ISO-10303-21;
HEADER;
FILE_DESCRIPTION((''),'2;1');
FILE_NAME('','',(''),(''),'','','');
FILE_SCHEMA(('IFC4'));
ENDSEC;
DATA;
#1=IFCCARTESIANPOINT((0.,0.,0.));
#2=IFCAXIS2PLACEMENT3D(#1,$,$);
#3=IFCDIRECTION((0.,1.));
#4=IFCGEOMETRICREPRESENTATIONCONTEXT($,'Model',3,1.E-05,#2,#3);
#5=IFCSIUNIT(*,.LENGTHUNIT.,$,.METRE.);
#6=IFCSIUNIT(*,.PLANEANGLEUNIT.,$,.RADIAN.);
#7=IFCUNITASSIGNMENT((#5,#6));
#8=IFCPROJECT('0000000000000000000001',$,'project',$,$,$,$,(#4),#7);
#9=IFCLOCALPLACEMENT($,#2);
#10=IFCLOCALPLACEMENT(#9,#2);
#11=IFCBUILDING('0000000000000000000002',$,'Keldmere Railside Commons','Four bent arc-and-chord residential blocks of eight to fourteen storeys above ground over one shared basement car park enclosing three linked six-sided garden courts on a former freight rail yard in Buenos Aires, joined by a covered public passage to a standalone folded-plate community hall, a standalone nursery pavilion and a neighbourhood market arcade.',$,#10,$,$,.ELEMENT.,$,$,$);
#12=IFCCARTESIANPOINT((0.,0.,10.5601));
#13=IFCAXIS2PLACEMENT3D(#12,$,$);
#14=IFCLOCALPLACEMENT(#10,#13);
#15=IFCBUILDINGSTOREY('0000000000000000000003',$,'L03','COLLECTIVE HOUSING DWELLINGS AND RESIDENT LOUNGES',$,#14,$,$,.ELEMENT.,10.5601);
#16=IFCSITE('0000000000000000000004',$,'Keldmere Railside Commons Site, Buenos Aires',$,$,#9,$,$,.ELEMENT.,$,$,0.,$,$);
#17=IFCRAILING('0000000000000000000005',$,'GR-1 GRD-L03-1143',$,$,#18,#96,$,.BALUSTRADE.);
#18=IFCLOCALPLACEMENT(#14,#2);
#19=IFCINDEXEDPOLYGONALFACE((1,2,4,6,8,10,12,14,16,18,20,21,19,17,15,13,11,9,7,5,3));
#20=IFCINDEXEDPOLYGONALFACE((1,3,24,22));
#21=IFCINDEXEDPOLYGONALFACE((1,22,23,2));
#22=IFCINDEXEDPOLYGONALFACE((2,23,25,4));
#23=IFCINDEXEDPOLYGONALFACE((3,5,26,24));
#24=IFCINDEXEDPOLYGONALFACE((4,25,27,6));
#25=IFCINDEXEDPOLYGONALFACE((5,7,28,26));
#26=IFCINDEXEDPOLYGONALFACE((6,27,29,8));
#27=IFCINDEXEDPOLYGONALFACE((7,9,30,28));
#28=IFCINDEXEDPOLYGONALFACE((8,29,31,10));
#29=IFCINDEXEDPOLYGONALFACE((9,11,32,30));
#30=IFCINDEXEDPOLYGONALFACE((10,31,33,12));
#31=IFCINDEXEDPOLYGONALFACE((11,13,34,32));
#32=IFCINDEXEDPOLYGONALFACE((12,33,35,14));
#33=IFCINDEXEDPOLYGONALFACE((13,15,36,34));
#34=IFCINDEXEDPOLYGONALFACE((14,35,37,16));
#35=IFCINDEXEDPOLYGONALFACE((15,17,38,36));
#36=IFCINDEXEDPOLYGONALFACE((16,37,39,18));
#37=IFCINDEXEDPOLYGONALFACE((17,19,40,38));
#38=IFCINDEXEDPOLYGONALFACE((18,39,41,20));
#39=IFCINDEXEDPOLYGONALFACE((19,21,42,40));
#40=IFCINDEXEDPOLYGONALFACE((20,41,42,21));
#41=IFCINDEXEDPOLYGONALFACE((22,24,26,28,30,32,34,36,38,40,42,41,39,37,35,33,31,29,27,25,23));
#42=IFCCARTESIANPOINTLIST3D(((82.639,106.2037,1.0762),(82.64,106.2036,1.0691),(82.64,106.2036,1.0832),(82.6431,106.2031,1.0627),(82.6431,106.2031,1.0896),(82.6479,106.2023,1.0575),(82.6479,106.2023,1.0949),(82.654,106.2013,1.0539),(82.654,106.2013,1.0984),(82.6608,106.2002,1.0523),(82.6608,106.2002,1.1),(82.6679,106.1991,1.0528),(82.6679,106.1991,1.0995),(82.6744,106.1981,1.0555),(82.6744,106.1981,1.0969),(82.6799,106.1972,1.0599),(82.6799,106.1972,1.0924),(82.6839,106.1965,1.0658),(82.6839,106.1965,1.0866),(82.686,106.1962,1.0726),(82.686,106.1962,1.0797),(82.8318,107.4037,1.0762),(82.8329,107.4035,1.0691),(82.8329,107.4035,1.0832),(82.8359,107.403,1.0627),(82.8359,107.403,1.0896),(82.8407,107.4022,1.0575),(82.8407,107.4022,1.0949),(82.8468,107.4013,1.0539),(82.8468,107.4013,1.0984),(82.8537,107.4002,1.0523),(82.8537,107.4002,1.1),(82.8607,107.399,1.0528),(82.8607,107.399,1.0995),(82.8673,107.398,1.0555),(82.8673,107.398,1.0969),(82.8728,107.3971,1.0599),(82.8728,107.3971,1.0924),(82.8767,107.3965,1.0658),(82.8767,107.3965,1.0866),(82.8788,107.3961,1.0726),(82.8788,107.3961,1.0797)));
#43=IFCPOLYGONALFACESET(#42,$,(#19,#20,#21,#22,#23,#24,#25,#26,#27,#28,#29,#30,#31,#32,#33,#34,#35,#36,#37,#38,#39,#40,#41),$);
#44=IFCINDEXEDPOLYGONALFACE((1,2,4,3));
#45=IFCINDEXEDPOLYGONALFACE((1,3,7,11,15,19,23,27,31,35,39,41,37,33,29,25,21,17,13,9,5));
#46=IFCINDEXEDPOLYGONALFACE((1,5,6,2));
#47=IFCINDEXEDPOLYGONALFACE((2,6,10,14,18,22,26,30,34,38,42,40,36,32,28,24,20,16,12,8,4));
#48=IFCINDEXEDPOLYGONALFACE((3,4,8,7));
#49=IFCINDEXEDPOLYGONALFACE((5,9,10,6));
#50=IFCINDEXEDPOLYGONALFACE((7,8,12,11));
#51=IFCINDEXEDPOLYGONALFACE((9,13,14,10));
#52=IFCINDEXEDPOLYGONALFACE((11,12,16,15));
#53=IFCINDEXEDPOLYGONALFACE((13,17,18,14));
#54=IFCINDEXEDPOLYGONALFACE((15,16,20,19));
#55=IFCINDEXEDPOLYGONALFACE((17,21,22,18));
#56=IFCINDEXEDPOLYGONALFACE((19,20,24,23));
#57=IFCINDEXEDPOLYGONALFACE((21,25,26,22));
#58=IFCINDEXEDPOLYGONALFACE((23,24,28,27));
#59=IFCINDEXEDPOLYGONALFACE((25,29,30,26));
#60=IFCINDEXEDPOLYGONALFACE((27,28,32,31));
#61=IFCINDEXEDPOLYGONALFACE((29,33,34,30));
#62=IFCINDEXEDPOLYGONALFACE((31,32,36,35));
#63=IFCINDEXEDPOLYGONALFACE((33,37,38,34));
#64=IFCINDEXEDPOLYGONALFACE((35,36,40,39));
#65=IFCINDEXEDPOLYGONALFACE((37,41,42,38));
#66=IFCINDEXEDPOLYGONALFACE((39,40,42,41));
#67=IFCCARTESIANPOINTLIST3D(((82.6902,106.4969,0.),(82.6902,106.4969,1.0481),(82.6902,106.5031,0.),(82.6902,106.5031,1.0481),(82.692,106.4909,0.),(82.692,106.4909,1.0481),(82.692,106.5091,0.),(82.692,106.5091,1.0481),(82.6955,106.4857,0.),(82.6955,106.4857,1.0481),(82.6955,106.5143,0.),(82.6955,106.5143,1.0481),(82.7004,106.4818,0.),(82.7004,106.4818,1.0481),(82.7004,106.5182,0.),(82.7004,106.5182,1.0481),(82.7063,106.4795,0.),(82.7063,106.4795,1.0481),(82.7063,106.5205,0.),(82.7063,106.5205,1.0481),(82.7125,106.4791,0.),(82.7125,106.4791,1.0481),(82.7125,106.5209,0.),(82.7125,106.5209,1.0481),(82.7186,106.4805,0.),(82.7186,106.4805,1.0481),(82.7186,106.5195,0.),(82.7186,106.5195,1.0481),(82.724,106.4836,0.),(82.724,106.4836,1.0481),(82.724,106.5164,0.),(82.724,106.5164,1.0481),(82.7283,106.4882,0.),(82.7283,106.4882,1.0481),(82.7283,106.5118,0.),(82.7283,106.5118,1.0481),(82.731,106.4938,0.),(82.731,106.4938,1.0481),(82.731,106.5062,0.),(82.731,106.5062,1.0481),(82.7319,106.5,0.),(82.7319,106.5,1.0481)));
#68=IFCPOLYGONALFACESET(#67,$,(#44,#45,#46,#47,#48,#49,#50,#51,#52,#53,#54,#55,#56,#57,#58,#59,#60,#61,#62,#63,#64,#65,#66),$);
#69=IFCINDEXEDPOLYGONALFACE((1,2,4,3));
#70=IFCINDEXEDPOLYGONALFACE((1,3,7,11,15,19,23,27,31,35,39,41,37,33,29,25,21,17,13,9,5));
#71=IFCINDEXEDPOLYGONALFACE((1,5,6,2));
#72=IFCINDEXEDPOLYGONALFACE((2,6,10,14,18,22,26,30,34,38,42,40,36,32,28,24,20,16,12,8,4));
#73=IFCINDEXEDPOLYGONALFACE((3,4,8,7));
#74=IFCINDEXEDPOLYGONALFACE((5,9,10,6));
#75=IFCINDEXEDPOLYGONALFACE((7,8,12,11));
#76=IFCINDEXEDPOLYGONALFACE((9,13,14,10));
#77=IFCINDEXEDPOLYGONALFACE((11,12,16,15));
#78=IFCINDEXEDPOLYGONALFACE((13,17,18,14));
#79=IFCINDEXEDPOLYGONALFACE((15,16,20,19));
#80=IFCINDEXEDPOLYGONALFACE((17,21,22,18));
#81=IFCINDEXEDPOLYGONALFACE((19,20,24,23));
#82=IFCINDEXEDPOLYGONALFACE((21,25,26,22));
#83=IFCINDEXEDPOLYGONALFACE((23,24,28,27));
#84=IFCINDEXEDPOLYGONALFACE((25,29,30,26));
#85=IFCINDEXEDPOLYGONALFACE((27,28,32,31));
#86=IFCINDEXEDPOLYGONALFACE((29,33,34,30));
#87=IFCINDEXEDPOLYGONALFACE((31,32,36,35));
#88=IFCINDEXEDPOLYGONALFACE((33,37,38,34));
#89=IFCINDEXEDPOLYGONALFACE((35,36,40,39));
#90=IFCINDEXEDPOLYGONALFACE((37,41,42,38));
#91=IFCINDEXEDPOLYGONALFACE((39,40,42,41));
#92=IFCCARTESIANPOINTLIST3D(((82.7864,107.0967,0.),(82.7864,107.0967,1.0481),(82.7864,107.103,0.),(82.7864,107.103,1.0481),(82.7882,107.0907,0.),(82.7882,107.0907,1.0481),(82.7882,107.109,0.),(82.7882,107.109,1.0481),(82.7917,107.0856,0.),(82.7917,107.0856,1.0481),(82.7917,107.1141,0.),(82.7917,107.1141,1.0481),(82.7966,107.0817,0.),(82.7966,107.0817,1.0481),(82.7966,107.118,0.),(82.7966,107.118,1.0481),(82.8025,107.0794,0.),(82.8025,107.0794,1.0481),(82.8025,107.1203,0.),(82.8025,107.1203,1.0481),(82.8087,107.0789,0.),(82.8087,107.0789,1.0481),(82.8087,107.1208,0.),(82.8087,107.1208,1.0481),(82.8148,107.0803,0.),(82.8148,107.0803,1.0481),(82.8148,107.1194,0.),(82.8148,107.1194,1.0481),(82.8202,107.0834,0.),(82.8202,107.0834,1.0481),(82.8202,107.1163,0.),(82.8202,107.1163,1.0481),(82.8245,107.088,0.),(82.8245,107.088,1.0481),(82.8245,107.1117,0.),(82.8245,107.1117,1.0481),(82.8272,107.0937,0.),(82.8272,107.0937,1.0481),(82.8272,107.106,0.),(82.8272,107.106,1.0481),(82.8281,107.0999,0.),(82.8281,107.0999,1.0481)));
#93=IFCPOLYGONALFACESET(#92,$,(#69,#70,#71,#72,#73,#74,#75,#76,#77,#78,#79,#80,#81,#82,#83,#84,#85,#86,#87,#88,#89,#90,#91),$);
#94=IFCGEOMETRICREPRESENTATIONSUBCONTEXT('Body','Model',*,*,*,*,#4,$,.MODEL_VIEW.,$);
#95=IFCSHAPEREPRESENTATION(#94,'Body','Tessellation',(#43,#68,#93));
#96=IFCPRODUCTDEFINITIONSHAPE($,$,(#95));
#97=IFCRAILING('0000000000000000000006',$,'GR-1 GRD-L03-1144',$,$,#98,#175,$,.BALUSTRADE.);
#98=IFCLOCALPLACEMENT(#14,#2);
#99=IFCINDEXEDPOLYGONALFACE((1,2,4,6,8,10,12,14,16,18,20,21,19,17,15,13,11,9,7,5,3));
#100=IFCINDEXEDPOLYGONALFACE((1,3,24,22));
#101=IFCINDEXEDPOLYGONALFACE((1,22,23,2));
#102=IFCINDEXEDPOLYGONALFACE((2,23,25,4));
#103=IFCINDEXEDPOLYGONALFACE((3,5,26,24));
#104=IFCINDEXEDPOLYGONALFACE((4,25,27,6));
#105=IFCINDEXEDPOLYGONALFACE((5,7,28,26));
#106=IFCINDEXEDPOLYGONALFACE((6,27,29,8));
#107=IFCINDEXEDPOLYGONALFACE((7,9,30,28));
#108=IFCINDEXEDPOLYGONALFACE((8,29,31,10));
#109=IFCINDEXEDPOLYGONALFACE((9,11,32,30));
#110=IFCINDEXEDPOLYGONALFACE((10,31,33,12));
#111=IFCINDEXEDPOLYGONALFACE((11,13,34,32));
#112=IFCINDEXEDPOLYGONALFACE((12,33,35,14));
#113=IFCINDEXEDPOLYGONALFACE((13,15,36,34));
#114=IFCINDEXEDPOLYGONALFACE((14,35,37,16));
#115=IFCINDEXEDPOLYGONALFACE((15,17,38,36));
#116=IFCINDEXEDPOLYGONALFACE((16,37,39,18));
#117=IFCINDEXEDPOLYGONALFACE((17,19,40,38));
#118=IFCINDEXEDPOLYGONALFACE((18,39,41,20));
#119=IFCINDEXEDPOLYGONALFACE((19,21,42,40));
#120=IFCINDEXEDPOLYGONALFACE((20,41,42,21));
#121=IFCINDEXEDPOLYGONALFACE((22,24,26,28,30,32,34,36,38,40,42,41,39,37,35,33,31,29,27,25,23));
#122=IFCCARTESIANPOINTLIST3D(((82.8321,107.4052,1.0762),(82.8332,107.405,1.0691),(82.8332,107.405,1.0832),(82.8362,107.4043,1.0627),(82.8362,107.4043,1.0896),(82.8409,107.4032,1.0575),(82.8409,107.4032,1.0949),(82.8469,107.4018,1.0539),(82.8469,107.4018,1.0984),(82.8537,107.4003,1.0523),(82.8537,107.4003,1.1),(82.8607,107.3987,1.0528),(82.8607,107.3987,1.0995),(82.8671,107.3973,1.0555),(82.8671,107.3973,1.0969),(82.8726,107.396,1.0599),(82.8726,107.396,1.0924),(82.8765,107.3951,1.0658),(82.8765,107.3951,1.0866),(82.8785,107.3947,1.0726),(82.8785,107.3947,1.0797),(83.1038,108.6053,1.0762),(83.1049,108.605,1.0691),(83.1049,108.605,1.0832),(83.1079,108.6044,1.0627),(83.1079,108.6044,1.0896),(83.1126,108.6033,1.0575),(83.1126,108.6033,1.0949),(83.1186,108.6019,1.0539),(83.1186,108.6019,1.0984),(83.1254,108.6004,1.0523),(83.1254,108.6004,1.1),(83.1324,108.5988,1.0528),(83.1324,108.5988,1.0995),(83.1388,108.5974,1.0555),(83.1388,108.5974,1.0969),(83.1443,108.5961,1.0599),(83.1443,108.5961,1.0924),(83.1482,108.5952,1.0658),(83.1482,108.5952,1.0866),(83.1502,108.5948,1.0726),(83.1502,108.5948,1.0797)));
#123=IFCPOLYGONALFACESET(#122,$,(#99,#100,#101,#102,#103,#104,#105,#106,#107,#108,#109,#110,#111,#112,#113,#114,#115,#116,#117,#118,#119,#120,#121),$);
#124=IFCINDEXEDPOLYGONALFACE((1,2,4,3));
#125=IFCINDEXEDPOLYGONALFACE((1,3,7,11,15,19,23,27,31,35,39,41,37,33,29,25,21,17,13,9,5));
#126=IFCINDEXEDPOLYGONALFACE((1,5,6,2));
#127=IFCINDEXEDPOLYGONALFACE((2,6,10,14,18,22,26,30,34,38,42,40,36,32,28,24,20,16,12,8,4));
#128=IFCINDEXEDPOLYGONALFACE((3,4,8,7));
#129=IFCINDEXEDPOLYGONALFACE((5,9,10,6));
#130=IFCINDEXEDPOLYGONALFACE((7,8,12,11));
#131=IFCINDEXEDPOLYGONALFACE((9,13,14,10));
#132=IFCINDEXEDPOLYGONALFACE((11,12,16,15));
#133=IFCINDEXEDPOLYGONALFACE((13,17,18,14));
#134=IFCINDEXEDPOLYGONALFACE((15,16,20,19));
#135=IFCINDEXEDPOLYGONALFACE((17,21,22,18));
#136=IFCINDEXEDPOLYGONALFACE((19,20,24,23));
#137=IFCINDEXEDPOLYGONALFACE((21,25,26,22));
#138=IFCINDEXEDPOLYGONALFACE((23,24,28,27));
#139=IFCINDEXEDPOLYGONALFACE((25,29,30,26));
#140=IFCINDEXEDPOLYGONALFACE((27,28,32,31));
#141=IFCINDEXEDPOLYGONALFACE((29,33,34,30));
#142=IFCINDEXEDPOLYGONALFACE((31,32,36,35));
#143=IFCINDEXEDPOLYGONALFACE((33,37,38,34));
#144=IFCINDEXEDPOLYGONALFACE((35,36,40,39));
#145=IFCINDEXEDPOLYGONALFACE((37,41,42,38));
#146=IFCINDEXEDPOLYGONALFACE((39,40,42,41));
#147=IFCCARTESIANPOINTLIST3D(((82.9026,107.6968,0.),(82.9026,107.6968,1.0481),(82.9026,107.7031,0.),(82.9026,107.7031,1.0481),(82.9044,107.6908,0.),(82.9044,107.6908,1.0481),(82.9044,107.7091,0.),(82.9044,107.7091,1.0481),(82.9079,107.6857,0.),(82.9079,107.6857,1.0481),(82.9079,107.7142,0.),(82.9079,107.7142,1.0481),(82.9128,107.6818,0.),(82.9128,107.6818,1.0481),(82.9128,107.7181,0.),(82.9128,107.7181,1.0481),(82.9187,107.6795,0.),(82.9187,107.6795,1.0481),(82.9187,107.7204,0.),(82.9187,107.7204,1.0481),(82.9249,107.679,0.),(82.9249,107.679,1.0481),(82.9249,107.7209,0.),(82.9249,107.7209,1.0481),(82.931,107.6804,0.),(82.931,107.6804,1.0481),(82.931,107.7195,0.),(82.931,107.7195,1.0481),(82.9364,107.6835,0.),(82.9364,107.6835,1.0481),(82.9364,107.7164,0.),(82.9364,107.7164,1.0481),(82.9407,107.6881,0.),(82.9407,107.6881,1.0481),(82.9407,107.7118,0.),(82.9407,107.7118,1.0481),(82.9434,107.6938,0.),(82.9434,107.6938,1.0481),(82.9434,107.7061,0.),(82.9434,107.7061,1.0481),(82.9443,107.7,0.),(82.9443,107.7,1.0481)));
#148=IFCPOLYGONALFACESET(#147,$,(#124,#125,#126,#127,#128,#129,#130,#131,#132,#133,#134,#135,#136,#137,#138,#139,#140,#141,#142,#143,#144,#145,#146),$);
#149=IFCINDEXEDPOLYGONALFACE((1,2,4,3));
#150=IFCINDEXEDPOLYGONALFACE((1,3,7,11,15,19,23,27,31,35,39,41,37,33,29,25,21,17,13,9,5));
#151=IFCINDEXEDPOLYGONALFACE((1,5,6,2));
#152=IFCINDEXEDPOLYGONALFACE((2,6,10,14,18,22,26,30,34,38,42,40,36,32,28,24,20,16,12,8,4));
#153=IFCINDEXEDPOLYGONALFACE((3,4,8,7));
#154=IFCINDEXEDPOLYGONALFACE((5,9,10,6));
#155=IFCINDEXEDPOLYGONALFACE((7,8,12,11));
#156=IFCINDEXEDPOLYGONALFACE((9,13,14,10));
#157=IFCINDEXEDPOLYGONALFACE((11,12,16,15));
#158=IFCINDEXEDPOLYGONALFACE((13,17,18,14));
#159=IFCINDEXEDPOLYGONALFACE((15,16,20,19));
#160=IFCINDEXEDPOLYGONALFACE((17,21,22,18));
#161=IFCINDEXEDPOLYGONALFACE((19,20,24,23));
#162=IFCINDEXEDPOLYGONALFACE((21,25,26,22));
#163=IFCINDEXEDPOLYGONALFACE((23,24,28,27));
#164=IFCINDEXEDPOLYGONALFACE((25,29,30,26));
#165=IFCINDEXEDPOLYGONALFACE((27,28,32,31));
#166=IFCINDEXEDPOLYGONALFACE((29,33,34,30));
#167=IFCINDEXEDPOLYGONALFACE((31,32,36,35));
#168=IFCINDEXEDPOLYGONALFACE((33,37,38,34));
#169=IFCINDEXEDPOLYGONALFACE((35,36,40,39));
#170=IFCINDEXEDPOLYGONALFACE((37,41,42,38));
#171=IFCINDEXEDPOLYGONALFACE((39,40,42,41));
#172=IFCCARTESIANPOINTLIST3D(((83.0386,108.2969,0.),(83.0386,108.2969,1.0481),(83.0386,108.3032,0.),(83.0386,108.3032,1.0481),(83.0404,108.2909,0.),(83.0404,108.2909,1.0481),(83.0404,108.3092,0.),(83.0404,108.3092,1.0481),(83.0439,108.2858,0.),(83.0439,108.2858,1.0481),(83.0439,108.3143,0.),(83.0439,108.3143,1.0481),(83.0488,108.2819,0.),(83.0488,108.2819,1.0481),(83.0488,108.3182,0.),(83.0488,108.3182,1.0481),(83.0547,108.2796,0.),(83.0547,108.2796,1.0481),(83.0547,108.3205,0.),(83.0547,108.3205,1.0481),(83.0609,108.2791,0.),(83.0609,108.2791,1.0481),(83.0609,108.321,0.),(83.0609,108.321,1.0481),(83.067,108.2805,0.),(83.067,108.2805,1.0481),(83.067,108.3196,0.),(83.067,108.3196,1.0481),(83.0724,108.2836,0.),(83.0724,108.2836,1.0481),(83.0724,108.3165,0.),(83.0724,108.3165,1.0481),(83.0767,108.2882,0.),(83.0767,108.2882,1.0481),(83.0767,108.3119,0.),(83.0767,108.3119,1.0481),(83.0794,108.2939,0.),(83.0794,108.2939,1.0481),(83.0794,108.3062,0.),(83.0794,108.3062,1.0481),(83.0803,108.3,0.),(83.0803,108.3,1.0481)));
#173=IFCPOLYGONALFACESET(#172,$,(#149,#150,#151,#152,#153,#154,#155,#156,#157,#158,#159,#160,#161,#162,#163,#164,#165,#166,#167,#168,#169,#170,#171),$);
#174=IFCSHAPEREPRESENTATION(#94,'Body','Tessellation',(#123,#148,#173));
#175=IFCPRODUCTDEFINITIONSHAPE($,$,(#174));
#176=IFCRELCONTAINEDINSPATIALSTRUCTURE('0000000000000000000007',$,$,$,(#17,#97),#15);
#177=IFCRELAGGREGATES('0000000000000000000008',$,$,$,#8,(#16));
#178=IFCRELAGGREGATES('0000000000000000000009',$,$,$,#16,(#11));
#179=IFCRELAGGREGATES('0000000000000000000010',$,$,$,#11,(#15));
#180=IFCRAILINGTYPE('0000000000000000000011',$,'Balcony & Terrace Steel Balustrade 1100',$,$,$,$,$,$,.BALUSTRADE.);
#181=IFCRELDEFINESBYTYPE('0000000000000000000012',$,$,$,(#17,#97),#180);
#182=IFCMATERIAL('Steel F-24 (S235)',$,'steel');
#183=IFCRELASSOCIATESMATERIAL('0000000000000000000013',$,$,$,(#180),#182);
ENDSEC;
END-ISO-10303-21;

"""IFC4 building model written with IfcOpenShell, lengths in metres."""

from ifc_helpers import new_model, si_unit, direction, frame, origin, origin_2d, place, context, subcontext, project, spatial, circle, extrude, material, type_object, element, save


model = new_model("IFC4")

# Units and contexts
model_context = context("Model", 3, precision=1e-05, world=origin(), true_north=direction((0.0, 1.0)))
body_context = subcontext(model_context, "Body", "Model", "MODEL_VIEW")
ifc_project = project(units=[si_unit("LENGTHUNIT", "METRE"), si_unit("PLANEANGLEUNIT", "RADIAN")], contexts=[model_context])

# Site, building, storey
site_placement = place(None, origin())
site = spatial("IfcSite", under=ifc_project, at=site_placement, Name="Keldmere Railside Commons Site, Buenos Aires", CompositionType="ELEMENT", RefElevation=0.0)
building_placement = place(site_placement, origin())
building = spatial("IfcBuilding", under=site, at=building_placement, Name="Keldmere Railside Commons", Description="Four bent arc-and-chord residential blocks of eight to fourteen storeys above ground over one shared basement car park enclosing three linked six-sided garden courts on a former freight rail yard in Buenos Aires, joined by a covered public passage to a standalone folded-plate community hall, a standalone nursery pavilion and a neighbourhood market arcade.", CompositionType="ELEMENT")
storey_placement = place(building_placement, frame((0.0, 0.0, 10.5601)))
storey = spatial("IfcBuildingStorey", under=building, at=storey_placement, Name="L03", Description="COLLECTIVE HOUSING DWELLINGS AND RESIDENT LOUNGES", CompositionType="ELEMENT", Elevation=10.5601)

# Shared definitions
ifc_material_1 = material(Name="Steel F-24 (S235)", Category="steel")

# Railings
railing_type_1 = type_object("IfcRailingType", Name="Balcony & Terrace Steel Balustrade 1100", PredefinedType="BALUSTRADE", material=ifc_material_1)
railing_1_placement = place(storey_placement, frame((82.6626, 106.2, 0.0)))
element("IfcRailing", 1, at=railing_1_placement, inside=storey, type_object=railing_type_1, Name="GR-1 GRD-L03-1143", PredefinedType="BALUSTRADE", context=body_context, shape_type="SweptSolid", body=[
    extrude(circle(Radius=0.0239, at=origin_2d()), frame((0.0, 0.0, 1.0762), z_axis=(0.158696, 0.987328, 0.0), x_axis=(-0.987328, 0.158696, 0.0)), (0.0, 0.0, 1.0), 1.2153),
    extrude(circle(Radius=0.021, at=origin_2d()), frame((0.0483, 0.3, 0.0)), (0.0, 0.0, 1.0), 1.0481),
    extrude(circle(Radius=0.021, at=origin_2d()), frame((0.1445, 0.8999, 0.0)), (0.0, 0.0, 1.0), 1.0481),
])
railing_2_placement = place(storey_placement, frame((82.8555, 107.3999, 0.0)))
element("IfcRailing", 2, at=railing_2_placement, inside=storey, type_object=railing_type_1, Name="GR-1 GRD-L03-1144", PredefinedType="BALUSTRADE", context=body_context, shape_type="SweptSolid", body=[
    extrude(circle(Radius=0.0239, at=origin_2d()), frame((0.0, 0.0, 1.0762), z_axis=(0.220815, 0.975316, 0.0), x_axis=(-0.975316, 0.220815, 0.0)), (0.0, 0.0, 1.0), 1.2305),
    extrude(circle(Radius=0.021, at=origin_2d()), frame((0.0679, 0.3, 0.0)), (0.0, 0.0, 1.0), 1.0481),
    extrude(circle(Radius=0.021, at=origin_2d()), frame((0.2039, 0.9001, 0.0)), (0.0, 0.0, 1.0), 1.0481),
])

save(model, "model.ifc")
